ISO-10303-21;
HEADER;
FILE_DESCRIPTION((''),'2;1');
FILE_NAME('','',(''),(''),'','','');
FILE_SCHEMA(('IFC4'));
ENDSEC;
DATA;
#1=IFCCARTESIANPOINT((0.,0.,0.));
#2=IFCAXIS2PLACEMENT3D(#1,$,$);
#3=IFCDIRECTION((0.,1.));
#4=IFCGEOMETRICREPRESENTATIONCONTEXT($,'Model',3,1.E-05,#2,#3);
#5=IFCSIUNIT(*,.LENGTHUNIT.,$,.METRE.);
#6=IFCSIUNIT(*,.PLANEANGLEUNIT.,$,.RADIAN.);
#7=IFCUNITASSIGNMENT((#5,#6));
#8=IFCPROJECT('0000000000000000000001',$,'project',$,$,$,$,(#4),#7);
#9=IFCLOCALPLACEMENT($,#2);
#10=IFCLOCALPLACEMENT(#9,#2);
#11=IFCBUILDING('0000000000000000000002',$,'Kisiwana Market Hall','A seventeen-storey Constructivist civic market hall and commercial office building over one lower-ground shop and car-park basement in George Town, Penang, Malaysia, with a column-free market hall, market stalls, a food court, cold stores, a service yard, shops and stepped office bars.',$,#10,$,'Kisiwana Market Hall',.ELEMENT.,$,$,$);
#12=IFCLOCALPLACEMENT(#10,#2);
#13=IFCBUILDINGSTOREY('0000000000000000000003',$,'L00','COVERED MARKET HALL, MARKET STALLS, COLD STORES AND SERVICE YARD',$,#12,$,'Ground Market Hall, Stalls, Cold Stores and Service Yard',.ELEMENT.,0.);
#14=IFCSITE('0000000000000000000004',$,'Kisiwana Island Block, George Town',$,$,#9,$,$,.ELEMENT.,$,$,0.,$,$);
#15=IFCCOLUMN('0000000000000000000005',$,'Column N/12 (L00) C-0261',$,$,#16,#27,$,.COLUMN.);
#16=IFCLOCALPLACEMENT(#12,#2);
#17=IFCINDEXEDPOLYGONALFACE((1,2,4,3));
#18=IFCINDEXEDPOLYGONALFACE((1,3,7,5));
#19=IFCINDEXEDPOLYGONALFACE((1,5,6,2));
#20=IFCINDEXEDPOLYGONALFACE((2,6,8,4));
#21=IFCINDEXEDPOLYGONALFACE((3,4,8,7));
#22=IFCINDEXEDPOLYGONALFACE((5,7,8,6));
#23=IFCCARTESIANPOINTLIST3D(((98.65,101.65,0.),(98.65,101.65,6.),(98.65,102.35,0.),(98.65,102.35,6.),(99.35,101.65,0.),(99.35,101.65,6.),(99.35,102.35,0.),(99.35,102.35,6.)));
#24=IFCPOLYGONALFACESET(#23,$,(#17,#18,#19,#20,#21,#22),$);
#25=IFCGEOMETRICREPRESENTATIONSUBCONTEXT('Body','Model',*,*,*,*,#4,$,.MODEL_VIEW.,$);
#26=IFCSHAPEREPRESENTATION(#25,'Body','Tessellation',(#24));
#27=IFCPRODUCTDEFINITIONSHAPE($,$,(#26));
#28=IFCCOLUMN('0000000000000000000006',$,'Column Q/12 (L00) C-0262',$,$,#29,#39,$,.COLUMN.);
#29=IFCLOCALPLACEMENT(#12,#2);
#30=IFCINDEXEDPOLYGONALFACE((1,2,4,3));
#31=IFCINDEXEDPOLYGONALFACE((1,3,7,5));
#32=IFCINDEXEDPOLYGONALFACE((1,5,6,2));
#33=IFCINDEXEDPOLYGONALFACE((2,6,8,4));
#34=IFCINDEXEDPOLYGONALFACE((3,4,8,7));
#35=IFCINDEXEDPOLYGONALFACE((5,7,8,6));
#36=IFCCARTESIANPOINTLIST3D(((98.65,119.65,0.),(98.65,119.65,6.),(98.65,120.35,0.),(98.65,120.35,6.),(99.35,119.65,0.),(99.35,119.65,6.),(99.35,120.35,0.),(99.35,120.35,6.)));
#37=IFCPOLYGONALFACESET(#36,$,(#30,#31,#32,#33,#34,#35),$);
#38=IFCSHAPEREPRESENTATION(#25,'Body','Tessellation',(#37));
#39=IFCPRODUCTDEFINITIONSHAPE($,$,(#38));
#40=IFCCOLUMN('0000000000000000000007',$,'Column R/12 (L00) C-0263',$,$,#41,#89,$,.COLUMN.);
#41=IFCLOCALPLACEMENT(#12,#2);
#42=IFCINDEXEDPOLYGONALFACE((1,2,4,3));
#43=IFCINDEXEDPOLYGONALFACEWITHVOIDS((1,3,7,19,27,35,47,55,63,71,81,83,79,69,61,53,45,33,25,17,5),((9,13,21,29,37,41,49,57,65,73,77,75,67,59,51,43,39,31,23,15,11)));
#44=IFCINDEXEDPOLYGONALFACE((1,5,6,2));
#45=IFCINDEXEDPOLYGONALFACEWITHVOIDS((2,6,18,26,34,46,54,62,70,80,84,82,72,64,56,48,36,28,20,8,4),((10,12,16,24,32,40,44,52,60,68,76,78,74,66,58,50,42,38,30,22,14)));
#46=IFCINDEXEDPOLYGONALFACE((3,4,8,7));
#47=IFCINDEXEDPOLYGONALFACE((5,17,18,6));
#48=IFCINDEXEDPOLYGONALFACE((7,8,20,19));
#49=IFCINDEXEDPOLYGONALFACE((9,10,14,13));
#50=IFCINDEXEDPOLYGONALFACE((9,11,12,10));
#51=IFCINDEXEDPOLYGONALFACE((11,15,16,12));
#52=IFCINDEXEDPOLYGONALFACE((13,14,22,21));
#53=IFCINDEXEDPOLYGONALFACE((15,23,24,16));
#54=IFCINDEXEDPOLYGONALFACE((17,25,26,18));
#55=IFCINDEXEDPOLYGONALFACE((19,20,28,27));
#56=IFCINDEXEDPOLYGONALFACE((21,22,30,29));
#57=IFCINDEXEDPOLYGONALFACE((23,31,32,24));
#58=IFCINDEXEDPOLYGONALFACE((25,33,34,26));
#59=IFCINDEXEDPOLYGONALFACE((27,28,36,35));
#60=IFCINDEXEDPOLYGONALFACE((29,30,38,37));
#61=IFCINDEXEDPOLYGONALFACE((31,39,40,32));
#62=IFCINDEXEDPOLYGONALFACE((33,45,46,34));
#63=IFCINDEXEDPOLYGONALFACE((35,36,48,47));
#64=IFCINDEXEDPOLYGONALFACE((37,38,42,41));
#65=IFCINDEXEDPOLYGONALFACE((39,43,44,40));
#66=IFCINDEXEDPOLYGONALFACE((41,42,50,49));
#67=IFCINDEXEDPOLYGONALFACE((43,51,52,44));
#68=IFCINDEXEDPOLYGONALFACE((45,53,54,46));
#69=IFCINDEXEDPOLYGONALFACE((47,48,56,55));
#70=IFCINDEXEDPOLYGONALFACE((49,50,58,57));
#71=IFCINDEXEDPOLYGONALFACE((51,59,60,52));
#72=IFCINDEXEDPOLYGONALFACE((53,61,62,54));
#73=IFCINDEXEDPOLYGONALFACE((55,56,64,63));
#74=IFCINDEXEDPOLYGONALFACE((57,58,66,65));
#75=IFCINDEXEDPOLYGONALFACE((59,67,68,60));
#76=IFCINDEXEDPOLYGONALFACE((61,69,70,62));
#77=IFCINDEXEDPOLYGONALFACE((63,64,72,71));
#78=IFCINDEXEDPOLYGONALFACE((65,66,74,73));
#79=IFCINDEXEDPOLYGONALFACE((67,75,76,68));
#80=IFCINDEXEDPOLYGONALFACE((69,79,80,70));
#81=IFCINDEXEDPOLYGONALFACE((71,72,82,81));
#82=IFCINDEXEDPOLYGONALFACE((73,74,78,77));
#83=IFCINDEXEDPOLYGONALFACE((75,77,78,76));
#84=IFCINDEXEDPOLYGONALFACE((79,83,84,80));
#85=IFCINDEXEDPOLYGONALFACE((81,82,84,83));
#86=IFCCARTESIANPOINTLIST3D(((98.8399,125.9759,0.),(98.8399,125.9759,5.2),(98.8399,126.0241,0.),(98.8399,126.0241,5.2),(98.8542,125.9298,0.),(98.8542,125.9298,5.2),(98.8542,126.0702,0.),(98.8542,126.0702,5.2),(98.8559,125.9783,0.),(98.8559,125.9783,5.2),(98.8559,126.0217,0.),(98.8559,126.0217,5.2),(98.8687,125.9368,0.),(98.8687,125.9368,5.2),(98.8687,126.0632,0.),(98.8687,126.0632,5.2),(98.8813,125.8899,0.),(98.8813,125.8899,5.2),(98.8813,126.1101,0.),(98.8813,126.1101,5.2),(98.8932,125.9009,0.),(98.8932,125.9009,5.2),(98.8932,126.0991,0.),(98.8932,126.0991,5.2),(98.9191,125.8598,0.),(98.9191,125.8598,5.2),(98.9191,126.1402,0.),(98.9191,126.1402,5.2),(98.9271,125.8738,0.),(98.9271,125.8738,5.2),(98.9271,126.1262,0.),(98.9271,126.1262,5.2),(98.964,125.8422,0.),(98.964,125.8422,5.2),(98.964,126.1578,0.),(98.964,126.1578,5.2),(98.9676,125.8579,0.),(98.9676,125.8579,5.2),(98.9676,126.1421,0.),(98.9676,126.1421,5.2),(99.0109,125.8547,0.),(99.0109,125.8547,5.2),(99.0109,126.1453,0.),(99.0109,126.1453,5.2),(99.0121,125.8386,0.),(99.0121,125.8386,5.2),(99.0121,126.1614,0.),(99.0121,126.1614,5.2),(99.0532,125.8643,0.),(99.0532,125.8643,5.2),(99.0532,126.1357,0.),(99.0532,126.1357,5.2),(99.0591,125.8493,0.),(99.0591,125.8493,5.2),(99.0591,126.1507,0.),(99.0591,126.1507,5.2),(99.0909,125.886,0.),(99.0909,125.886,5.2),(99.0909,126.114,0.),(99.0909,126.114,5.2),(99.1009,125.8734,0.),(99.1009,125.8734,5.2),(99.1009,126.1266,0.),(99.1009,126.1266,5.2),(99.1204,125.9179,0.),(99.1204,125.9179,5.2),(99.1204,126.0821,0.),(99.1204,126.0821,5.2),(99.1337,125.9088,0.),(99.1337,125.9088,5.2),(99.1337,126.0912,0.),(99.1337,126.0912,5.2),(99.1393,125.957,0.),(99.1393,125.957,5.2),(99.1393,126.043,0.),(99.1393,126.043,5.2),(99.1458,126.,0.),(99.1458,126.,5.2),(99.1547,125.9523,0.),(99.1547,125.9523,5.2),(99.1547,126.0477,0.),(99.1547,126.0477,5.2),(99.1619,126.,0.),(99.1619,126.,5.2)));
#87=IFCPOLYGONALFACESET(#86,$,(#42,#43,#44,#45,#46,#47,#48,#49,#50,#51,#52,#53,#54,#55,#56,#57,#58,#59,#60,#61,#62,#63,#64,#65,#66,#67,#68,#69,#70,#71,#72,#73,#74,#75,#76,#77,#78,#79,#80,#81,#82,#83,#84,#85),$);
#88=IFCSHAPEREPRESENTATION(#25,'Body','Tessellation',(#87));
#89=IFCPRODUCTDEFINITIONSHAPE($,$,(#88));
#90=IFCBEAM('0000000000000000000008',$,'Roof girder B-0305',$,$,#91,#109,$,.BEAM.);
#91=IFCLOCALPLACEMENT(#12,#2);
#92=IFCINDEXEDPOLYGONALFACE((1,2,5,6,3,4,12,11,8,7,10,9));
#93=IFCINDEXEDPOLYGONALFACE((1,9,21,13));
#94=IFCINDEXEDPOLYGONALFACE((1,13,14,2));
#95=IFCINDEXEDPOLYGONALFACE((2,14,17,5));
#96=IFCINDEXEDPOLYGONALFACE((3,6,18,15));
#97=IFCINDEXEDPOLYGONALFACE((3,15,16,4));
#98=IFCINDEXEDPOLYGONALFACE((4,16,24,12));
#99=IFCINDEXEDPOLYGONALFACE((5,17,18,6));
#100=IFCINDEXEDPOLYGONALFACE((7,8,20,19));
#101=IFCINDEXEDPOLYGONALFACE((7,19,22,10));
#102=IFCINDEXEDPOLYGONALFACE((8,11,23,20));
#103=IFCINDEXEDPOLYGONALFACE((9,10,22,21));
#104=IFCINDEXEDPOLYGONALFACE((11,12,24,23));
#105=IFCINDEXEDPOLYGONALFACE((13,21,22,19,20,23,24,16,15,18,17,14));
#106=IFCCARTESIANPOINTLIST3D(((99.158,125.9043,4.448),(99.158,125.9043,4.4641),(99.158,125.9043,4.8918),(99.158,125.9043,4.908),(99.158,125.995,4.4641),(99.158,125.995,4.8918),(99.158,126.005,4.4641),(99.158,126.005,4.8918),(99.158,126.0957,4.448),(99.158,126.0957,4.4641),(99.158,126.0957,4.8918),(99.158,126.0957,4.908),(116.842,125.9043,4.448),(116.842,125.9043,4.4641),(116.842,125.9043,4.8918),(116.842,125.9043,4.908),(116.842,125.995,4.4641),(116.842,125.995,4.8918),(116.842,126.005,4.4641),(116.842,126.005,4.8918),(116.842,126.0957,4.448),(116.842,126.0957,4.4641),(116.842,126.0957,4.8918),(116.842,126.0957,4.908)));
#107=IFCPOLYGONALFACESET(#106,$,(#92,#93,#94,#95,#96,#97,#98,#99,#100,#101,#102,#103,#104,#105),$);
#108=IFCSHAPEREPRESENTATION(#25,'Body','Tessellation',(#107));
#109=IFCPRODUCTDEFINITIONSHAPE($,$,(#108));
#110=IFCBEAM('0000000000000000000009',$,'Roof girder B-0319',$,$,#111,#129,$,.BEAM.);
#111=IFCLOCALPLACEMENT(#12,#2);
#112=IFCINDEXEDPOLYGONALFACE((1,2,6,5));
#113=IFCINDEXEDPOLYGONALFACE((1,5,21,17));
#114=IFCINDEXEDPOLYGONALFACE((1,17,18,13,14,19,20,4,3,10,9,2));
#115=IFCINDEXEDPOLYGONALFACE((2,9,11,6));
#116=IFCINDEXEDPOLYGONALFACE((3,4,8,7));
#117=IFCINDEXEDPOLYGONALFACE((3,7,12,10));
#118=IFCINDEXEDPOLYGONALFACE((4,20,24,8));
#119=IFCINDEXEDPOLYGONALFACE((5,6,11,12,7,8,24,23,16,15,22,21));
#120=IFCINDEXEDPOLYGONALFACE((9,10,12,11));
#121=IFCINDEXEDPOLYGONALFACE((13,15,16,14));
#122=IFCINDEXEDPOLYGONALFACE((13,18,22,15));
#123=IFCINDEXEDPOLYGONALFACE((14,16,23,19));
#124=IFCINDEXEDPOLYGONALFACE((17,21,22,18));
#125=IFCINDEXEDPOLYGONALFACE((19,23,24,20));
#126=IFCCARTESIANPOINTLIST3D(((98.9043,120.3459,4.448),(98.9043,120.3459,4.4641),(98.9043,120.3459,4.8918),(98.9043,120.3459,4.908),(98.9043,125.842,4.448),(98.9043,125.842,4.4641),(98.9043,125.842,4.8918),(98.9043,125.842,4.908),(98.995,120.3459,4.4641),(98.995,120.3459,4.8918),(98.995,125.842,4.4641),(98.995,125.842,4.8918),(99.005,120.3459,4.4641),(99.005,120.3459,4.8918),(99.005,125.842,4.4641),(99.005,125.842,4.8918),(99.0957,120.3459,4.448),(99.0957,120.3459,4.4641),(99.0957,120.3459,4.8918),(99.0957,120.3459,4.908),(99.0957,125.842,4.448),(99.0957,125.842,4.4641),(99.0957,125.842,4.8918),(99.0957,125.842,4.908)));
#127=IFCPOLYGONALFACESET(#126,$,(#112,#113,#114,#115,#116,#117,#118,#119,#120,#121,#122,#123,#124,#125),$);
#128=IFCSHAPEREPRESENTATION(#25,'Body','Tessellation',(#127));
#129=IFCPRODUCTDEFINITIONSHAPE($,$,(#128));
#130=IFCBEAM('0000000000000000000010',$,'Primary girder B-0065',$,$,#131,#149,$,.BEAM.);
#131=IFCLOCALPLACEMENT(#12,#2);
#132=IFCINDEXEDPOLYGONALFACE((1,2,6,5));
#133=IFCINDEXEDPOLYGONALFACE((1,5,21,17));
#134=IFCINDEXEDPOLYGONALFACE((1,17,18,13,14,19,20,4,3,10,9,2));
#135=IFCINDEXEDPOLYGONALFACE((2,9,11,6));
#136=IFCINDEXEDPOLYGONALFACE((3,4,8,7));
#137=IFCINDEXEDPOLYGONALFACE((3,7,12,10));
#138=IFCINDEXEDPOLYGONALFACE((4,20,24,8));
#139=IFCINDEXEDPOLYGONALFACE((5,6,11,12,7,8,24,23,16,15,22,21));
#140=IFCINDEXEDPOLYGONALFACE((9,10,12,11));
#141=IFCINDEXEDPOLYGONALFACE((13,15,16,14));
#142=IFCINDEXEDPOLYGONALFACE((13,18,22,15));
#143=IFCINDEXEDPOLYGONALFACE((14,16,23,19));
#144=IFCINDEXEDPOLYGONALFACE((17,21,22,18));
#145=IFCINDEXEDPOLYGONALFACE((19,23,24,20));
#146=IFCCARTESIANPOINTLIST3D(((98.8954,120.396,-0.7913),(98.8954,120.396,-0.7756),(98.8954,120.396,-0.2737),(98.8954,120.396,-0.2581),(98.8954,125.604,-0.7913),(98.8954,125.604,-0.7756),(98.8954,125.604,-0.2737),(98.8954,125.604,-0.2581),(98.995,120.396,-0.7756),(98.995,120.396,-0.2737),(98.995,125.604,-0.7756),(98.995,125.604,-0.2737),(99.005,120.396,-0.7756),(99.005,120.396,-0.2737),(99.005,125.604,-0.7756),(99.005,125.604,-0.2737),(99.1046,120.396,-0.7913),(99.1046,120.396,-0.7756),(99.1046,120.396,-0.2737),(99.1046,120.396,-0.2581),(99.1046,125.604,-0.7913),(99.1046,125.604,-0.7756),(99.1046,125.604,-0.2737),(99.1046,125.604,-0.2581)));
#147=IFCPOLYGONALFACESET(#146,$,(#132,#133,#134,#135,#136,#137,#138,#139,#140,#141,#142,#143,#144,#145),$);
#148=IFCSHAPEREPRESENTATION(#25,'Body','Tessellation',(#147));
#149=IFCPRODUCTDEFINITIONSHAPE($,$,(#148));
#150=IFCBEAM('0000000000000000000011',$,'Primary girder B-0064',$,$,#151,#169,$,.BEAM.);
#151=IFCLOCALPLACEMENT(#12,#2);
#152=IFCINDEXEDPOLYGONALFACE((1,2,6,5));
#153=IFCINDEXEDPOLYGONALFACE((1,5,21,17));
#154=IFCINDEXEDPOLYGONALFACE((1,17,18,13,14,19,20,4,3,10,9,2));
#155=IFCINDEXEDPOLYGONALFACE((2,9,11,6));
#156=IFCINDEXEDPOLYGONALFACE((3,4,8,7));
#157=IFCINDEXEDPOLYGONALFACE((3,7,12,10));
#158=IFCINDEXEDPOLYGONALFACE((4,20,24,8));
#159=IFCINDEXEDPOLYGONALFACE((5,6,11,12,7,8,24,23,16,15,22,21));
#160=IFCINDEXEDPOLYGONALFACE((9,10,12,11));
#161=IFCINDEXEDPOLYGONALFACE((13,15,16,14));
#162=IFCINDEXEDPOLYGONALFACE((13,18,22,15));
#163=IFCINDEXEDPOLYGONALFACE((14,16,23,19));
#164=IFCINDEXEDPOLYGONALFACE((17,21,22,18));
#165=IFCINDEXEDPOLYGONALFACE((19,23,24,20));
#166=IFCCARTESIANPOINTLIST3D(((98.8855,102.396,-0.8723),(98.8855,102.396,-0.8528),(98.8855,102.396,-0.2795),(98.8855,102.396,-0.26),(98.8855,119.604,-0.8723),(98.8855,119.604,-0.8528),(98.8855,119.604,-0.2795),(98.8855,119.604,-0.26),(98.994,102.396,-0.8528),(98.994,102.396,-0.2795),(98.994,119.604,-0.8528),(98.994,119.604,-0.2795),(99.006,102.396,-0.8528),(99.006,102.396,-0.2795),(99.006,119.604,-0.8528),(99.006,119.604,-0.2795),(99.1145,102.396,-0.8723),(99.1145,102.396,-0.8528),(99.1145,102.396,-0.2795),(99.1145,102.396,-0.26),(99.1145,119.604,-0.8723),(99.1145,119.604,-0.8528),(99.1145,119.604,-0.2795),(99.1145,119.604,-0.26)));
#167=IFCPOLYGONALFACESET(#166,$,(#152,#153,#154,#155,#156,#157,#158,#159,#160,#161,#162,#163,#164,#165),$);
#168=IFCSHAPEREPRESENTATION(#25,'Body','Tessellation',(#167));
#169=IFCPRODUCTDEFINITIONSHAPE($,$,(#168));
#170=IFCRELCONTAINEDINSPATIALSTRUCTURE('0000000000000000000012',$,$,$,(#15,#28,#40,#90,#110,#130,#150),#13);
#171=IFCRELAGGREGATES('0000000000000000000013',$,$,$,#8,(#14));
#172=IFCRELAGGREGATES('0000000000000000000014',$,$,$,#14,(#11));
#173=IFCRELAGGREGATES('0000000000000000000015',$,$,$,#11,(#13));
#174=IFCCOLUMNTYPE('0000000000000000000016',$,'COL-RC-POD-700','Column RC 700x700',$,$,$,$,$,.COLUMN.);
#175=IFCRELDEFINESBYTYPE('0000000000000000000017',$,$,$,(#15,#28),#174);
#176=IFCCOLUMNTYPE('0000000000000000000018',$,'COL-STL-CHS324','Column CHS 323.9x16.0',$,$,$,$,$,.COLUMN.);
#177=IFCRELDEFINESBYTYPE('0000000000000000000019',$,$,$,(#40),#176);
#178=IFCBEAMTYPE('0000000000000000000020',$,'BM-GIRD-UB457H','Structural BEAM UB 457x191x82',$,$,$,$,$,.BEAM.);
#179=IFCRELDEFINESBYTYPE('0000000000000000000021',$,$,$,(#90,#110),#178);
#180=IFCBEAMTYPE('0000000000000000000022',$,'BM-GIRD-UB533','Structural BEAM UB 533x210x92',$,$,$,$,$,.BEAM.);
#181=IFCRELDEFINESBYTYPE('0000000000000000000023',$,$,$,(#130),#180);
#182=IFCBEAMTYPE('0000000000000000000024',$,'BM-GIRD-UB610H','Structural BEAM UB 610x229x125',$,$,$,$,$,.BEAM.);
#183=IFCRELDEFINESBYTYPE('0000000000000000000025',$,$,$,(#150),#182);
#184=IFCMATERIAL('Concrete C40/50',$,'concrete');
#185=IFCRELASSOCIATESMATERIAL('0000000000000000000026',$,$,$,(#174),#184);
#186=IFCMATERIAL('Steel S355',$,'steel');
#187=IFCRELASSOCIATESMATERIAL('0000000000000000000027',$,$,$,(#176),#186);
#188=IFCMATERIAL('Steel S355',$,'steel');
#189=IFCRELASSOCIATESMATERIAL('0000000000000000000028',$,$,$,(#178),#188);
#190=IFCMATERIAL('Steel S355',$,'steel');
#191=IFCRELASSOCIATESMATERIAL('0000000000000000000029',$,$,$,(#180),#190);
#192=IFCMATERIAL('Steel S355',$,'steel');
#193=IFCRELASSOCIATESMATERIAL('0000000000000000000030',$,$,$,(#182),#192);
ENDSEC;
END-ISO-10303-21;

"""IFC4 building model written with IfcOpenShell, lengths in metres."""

from ifc_helpers import new_model, si_unit, direction, frame, origin, origin_2d, place, context, subcontext, project, spatial, rectangle, hollow_circle, i_section, extrude, material, material_profile, profile_set, type_object, element, save


model = new_model("IFC4")

# Units and contexts
model_context = context("Model", 3, precision=1e-05, world=origin(), true_north=direction((0.0, 1.0)))
body_context = subcontext(model_context, "Body", "Model", "MODEL_VIEW")
ifc_project = project(units=[si_unit("LENGTHUNIT", "METRE"), si_unit("PLANEANGLEUNIT", "RADIAN")], contexts=[model_context])

# Site, building, storey
site_placement = place(None, origin())
site = spatial("IfcSite", under=ifc_project, at=site_placement, Name="Kisiwana Island Block, George Town", CompositionType="ELEMENT", RefElevation=0.0)
building_placement = place(site_placement, origin())
building = spatial("IfcBuilding", under=site, at=building_placement, Name="Kisiwana Market Hall", Description="A seventeen-storey Constructivist civic market hall and commercial office building over one lower-ground shop and car-park basement in George Town, Penang, Malaysia, with a column-free market hall, market stalls, a food court, cold stores, a service yard, shops and stepped office bars.", LongName="Kisiwana Market Hall", CompositionType="ELEMENT")
storey_placement = place(building_placement, origin())
storey = spatial("IfcBuildingStorey", under=building, at=storey_placement, Name="L00", Description="COVERED MARKET HALL, MARKET STALLS, COLD STORES AND SERVICE YARD", LongName="Ground Market Hall, Stalls, Cold Stores and Service Yard", CompositionType="ELEMENT", Elevation=0.0)

# Columns
ifc_material_1 = material(Name="Concrete C40/50", Category="concrete")
ifc_material_profile_1 = material_profile(ifc_material_1, rectangle(XDim=0.7, YDim=0.7, at=origin_2d()), Name="RC 700x700")
ifc_profile_set_1 = profile_set([ifc_material_profile_1], Name="Concrete C40/50")
column_type_1 = type_object("IfcColumnType", Name="COL-RC-POD-700", Description="Column RC 700x700", PredefinedType="COLUMN", material=ifc_profile_set_1)
for number, where, z_axis, x_axis, name in (
    (1, (99.0, 102.0, 0.0), (0.0, 0.0, 1.0), (1.0, 0.0, 0.0), "Column N/12 (L00) C-0261"),
    (2, (99.0, 120.0, 0.0), (0.0, 0.0, 1.0), (1.0, 0.0, 0.0), "Column Q/12 (L00) C-0262"),
):
    element("IfcColumn", number, at=place(storey_placement, frame(where, z_axis=z_axis, x_axis=x_axis)), inside=storey, type_object=column_type_1, Name=name, PredefinedType="COLUMN", context=body_context, shape_type="SweptSolid", body=[
        extrude(rectangle(XDim=0.7, YDim=0.7, at=origin_2d()), origin(), (0.0, 0.0, 1.0), 6.0),
    ])
ifc_material_2 = material(Name="Steel S355", Category="steel")
ifc_material_profile_2 = material_profile(ifc_material_2, hollow_circle(Radius=0.1619, WallThickness=0.0161, at=origin_2d()), Name="CHS 323.9x16.0")
ifc_profile_set_2 = profile_set([ifc_material_profile_2], Name="Steel S355")
column_type_2 = type_object("IfcColumnType", Name="COL-STL-CHS324", Description="Column CHS 323.9x16.0", PredefinedType="COLUMN", material=ifc_profile_set_2)
column_placement = place(storey_placement, frame((99.0, 126.0, 0.0), z_axis=(0.0, 0.0, 1.0), x_axis=(1.0, 0.0, 0.0)))
element("IfcColumn", 3, at=column_placement, inside=storey, type_object=column_type_2, Name="Column R/12 (L00) C-0263", PredefinedType="COLUMN", context=body_context, shape_type="SweptSolid", body=[
    extrude(hollow_circle(Radius=0.1619, WallThickness=0.0161, at=origin_2d()), origin(), (0.0, 0.0, 1.0), 5.2),
])

# Beams
ifc_material_3 = material(Name="Steel S355", Category="steel")
ifc_material_profile_3 = material_profile(ifc_material_3, i_section(OverallWidth=0.1914, OverallDepth=0.46, WebThickness=0.01, FlangeThickness=0.0161, at=origin_2d()), Name="UB 457x191x82")
ifc_profile_set_3 = profile_set([ifc_material_profile_3], Name="Steel S355")
beam_type_1 = type_object("IfcBeamType", Name="BM-GIRD-UB457H", Description="Structural BEAM UB 457x191x82", PredefinedType="BEAM", material=ifc_profile_set_3)
beam_1_placement = place(storey_placement, frame((99.158, 126.0, 4.678), z_axis=(1.0, 0.0, 0.0), x_axis=(0.0, 1.0, 0.0)))
element("IfcBeam", 4, at=beam_1_placement, inside=storey, type_object=beam_type_1, Name="Roof girder B-0305", PredefinedType="BEAM", context=body_context, shape_type="SweptSolid", body=[
    extrude(i_section(OverallWidth=0.1914, OverallDepth=0.46, WebThickness=0.01, FlangeThickness=0.0161, at=origin_2d()), origin(), (0.0, 0.0, 1.0), 17.6841),
])
beam_2_placement = place(storey_placement, frame((99.0, 120.3459, 4.678), z_axis=(0.0, 1.0, 0.0), x_axis=(-1.0, 0.0, 0.0)))
element("IfcBeam", 5, at=beam_2_placement, inside=storey, type_object=beam_type_1, Name="Roof girder B-0319", PredefinedType="BEAM", context=body_context, shape_type="SweptSolid", body=[
    extrude(i_section(OverallWidth=0.1914, OverallDepth=0.46, WebThickness=0.01, FlangeThickness=0.0161, at=origin_2d()), origin(), (0.0, 0.0, 1.0), 5.4961),
])
ifc_material_4 = material(Name="Steel S355", Category="steel")
ifc_material_profile_4 = material_profile(ifc_material_4, i_section(OverallWidth=0.2092, OverallDepth=0.5332, WebThickness=0.01, FlangeThickness=0.0156, at=origin_2d()), Name="UB 533x210x92")
ifc_profile_set_4 = profile_set([ifc_material_profile_4], Name="Steel S355")
beam_type_2 = type_object("IfcBeamType", Name="BM-GIRD-UB533", Description="Structural BEAM UB 533x210x92", PredefinedType="BEAM", material=ifc_profile_set_4)
beam_3_placement = place(storey_placement, frame((99.0, 120.396, -0.5247), z_axis=(0.0, 1.0, 0.0), x_axis=(-1.0, 0.0, 0.0)))
element("IfcBeam", 6, at=beam_3_placement, inside=storey, type_object=beam_type_2, Name="Primary girder B-0065", PredefinedType="BEAM", context=body_context, shape_type="SweptSolid", body=[
    extrude(i_section(OverallWidth=0.2092, OverallDepth=0.5332, WebThickness=0.01, FlangeThickness=0.0156, at=origin_2d()), origin(), (0.0, 0.0, 1.0), 5.208),
])
ifc_material_5 = material(Name="Steel S355", Category="steel")
ifc_material_profile_5 = material_profile(ifc_material_5, i_section(OverallWidth=0.229, OverallDepth=0.6123, WebThickness=0.012, FlangeThickness=0.0195, at=origin_2d()), Name="UB 610x229x125")
ifc_profile_set_5 = profile_set([ifc_material_profile_5], Name="Steel S355")
beam_type_3 = type_object("IfcBeamType", Name="BM-GIRD-UB610H", Description="Structural BEAM UB 610x229x125", PredefinedType="BEAM", material=ifc_profile_set_5)
beam_4_placement = place(storey_placement, frame((99.0, 102.396, -0.5662), z_axis=(0.0, 1.0, 0.0), x_axis=(-1.0, 0.0, 0.0)))
element("IfcBeam", 7, at=beam_4_placement, inside=storey, type_object=beam_type_3, Name="Primary girder B-0064", PredefinedType="BEAM", context=body_context, shape_type="SweptSolid", body=[
    extrude(i_section(OverallWidth=0.229, OverallDepth=0.6123, WebThickness=0.012, FlangeThickness=0.0195, at=origin_2d()), origin(), (0.0, 0.0, 1.0), 17.208),
])

save(model, "model.ifc")
